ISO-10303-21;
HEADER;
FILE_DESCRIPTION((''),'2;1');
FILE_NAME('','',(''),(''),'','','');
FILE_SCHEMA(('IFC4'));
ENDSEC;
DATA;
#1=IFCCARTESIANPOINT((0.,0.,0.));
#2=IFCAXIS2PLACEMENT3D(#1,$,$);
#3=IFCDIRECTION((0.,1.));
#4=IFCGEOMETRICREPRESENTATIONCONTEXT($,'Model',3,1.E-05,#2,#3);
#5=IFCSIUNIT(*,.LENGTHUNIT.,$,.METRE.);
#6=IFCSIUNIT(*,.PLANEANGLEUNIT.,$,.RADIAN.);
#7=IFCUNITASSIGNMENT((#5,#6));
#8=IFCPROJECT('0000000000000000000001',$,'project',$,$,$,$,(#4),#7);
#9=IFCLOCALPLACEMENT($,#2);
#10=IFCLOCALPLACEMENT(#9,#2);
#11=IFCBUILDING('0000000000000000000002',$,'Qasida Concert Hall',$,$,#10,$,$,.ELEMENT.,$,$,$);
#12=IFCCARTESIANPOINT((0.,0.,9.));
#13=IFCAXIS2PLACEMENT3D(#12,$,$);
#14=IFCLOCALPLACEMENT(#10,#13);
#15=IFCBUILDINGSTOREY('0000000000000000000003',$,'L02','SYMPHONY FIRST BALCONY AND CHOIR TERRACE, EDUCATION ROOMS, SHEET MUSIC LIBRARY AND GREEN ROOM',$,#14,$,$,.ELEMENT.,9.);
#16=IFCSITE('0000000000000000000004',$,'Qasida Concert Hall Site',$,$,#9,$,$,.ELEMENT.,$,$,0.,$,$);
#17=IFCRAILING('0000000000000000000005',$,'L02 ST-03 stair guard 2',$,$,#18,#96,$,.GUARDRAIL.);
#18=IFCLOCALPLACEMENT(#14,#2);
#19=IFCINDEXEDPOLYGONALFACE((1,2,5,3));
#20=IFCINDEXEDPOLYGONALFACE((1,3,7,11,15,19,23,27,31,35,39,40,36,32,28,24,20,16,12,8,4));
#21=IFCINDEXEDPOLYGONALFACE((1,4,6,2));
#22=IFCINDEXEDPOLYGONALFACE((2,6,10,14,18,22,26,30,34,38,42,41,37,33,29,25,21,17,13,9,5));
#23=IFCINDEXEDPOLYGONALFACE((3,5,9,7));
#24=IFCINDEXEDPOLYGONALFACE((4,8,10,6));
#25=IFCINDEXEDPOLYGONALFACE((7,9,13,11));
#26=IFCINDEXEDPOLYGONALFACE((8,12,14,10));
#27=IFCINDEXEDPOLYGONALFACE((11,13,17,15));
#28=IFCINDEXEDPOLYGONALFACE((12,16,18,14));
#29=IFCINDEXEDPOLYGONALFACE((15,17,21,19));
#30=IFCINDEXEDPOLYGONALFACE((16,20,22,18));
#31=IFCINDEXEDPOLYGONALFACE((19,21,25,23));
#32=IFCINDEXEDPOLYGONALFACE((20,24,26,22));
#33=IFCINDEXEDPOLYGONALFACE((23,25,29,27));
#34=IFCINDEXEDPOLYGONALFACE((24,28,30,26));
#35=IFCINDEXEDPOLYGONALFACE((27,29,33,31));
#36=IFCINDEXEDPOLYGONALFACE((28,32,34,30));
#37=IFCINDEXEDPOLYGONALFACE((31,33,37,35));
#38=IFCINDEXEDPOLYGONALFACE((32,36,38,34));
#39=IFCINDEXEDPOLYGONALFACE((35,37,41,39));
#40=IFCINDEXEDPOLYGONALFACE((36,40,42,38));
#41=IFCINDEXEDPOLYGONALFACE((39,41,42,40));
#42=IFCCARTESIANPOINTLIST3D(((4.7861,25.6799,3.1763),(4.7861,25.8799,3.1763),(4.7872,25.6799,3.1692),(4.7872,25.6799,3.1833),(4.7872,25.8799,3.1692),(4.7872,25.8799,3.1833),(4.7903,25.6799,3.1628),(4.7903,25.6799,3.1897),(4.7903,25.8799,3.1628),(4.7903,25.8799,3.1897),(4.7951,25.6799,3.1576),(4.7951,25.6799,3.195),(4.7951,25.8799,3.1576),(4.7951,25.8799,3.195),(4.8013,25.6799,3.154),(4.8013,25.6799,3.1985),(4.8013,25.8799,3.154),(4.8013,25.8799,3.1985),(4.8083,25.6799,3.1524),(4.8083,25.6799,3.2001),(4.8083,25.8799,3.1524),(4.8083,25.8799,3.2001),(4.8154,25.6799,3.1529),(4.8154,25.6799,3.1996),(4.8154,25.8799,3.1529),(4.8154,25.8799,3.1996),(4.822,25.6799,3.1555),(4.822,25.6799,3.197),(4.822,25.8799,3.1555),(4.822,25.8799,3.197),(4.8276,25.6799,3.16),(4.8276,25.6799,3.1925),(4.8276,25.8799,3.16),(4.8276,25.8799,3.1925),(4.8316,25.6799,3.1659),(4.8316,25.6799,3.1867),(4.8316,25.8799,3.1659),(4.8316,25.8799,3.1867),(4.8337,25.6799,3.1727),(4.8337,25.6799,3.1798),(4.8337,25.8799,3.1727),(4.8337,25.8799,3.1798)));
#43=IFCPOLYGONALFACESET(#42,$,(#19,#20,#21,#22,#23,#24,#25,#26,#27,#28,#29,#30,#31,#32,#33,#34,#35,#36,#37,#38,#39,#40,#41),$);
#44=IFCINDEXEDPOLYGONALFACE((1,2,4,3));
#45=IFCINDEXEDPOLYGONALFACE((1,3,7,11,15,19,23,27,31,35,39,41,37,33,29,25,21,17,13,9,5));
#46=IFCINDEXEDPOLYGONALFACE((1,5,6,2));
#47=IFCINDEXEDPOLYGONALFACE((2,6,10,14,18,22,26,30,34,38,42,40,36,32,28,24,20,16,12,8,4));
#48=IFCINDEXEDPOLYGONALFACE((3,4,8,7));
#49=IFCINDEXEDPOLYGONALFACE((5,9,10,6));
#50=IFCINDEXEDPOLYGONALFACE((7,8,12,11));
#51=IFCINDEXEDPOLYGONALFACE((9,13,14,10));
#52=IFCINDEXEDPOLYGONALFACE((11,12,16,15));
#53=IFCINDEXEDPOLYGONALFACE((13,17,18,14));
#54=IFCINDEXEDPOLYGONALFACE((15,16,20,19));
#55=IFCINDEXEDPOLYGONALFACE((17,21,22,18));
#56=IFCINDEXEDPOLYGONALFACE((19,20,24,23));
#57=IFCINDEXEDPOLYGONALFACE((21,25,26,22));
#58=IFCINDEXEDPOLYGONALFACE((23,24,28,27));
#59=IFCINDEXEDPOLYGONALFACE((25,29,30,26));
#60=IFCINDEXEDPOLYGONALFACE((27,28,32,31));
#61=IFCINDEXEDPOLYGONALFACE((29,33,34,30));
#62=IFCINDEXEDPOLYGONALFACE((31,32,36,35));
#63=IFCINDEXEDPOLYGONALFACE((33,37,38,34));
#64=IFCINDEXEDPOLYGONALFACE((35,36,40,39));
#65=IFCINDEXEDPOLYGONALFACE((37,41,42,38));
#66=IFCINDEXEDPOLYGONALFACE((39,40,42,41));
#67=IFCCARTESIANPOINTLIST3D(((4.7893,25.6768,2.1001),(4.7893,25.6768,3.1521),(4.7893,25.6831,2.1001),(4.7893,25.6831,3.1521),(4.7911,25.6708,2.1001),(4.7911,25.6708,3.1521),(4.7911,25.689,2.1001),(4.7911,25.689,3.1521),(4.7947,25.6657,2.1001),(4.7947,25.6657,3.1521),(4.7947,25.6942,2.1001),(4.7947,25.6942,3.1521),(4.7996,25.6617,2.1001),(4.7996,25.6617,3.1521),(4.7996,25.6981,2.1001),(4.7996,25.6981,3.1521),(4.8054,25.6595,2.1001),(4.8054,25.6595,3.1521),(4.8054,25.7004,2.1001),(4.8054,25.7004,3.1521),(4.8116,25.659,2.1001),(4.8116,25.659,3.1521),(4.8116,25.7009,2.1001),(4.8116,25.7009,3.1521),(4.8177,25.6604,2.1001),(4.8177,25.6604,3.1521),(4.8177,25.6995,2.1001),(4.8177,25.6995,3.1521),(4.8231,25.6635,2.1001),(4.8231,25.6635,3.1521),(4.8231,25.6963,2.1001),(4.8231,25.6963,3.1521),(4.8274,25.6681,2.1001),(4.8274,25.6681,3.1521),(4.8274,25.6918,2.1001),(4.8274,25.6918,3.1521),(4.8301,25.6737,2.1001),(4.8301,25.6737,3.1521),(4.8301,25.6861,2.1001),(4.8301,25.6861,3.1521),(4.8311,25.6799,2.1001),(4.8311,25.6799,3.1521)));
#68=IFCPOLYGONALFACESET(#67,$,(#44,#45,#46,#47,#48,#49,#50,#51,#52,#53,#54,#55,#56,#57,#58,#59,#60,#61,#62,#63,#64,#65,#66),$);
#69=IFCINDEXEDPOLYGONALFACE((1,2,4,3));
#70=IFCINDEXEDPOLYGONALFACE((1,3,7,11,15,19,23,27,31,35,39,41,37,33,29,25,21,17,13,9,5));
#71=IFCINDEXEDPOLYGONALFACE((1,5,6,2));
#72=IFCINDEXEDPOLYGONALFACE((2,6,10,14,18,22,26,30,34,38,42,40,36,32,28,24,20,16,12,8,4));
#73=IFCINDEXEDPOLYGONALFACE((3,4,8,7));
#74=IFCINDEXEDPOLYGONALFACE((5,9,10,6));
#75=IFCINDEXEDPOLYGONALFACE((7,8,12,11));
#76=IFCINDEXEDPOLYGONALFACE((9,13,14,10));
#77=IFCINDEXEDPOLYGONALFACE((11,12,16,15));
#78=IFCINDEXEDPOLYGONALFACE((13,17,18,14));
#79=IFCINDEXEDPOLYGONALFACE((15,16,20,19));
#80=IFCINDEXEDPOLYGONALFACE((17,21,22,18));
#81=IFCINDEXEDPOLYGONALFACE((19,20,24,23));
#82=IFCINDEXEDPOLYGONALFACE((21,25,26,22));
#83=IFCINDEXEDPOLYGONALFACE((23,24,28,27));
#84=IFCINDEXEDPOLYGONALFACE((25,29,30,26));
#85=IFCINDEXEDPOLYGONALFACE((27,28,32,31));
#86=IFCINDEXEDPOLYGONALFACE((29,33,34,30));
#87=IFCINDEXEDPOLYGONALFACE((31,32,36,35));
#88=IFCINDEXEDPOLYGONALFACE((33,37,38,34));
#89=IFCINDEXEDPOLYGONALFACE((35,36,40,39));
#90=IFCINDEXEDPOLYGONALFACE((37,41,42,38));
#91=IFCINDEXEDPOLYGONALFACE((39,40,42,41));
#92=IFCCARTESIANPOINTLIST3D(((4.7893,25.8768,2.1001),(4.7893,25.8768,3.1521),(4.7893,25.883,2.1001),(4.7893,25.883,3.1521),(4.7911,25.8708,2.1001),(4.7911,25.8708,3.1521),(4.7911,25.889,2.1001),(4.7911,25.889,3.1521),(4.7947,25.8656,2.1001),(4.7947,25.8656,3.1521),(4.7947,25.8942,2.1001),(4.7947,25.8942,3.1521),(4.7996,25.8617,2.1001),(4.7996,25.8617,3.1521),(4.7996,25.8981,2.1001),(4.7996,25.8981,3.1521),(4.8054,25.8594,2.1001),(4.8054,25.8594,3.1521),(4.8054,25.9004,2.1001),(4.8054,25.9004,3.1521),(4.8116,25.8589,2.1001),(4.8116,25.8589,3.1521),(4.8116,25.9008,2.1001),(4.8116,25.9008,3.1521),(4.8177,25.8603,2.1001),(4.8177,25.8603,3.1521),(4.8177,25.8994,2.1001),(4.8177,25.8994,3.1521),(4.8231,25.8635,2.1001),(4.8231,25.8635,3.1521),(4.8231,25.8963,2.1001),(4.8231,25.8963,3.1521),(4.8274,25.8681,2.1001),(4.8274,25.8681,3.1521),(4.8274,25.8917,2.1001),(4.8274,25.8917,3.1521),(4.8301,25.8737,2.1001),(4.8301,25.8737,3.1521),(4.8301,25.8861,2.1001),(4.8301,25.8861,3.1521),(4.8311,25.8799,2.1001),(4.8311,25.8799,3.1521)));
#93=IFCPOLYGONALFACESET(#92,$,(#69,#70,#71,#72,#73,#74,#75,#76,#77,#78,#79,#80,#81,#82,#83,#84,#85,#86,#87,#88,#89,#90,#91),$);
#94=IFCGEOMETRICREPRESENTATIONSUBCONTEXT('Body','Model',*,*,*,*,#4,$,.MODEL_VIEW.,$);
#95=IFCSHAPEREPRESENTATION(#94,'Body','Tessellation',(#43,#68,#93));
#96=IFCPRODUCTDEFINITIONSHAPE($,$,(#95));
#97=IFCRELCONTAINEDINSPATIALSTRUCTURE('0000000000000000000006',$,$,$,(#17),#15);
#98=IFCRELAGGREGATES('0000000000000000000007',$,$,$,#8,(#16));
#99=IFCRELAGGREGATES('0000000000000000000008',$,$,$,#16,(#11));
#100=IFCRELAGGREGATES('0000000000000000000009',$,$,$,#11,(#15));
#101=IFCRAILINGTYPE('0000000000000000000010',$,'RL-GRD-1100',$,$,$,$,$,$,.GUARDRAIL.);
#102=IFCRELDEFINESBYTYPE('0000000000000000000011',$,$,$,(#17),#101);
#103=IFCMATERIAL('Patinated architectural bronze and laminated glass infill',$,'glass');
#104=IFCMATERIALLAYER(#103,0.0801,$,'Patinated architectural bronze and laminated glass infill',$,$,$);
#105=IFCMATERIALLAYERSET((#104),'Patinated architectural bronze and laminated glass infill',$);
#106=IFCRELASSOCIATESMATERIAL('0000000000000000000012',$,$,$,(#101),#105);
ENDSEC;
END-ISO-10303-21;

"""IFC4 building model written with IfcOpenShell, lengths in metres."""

from ifc_helpers import new_model, si_unit, direction, frame, origin, origin_2d, place, context, subcontext, project, spatial, circle, extrude, material, layer, layer_set, type_object, element, save


model = new_model("IFC4")

# Units and contexts
model_context = context("Model", 3, precision=1e-05, world=origin(), true_north=direction((0.0, 1.0)))
body_context = subcontext(model_context, "Body", "Model", "MODEL_VIEW")
ifc_project = project(units=[si_unit("LENGTHUNIT", "METRE"), si_unit("PLANEANGLEUNIT", "RADIAN")], contexts=[model_context])

# Site, building, storey
site_placement = place(None, origin())
site = spatial("IfcSite", under=ifc_project, at=site_placement, Name="Qasida Concert Hall Site", CompositionType="ELEMENT", RefElevation=0.0)
building_placement = place(site_placement, origin())
building = spatial("IfcBuilding", under=site, at=building_placement, Name="Qasida Concert Hall", CompositionType="ELEMENT")
storey_placement = place(building_placement, frame((0.0, 0.0, 9.0)))
storey = spatial("IfcBuildingStorey", under=building, at=storey_placement, Name="L02", Description="SYMPHONY FIRST BALCONY AND CHOIR TERRACE, EDUCATION ROOMS, SHEET MUSIC LIBRARY AND GREEN ROOM", CompositionType="ELEMENT", Elevation=9.0)

# Railing
ifc_material_1 = material(Name="Patinated architectural bronze and laminated glass infill", Category="glass")
ifc_layer_1 = layer(ifc_material_1, 0.0801, Name="Patinated architectural bronze and laminated glass infill")
ifc_layer_set_1 = layer_set([ifc_layer_1], Name="Patinated architectural bronze and laminated glass infill")
railing_type_1 = type_object("IfcRailingType", Name="RL-GRD-1100", PredefinedType="GUARDRAIL", material=ifc_layer_set_1)
railing_1_placement = place(storey_placement, frame((4.8101, 25.6799, 2.1001)))
element("IfcRailing", 1, at=railing_1_placement, inside=storey, type_object=railing_type_1, Name="L02 ST-03 stair guard 2", PredefinedType="GUARDRAIL", context=body_context, shape_type="SweptSolid", body=[
    extrude(circle(Radius=0.0239, at=origin_2d()), frame((0.0, 0.0, 1.0762), z_axis=(0.0, 1.0, 0.0), x_axis=(-1.0, 0.0, 0.0)), (0.0, 0.0, 1.0), 0.2),
    extrude(circle(Radius=0.021, at=origin_2d()), origin(), (0.0, 0.0, 1.0), 1.052),
    extrude(circle(Radius=0.021, at=origin_2d()), frame((0.0, 0.2, 0.0)), (0.0, 0.0, 1.0), 1.052),
])

save(model, "model.ifc")
